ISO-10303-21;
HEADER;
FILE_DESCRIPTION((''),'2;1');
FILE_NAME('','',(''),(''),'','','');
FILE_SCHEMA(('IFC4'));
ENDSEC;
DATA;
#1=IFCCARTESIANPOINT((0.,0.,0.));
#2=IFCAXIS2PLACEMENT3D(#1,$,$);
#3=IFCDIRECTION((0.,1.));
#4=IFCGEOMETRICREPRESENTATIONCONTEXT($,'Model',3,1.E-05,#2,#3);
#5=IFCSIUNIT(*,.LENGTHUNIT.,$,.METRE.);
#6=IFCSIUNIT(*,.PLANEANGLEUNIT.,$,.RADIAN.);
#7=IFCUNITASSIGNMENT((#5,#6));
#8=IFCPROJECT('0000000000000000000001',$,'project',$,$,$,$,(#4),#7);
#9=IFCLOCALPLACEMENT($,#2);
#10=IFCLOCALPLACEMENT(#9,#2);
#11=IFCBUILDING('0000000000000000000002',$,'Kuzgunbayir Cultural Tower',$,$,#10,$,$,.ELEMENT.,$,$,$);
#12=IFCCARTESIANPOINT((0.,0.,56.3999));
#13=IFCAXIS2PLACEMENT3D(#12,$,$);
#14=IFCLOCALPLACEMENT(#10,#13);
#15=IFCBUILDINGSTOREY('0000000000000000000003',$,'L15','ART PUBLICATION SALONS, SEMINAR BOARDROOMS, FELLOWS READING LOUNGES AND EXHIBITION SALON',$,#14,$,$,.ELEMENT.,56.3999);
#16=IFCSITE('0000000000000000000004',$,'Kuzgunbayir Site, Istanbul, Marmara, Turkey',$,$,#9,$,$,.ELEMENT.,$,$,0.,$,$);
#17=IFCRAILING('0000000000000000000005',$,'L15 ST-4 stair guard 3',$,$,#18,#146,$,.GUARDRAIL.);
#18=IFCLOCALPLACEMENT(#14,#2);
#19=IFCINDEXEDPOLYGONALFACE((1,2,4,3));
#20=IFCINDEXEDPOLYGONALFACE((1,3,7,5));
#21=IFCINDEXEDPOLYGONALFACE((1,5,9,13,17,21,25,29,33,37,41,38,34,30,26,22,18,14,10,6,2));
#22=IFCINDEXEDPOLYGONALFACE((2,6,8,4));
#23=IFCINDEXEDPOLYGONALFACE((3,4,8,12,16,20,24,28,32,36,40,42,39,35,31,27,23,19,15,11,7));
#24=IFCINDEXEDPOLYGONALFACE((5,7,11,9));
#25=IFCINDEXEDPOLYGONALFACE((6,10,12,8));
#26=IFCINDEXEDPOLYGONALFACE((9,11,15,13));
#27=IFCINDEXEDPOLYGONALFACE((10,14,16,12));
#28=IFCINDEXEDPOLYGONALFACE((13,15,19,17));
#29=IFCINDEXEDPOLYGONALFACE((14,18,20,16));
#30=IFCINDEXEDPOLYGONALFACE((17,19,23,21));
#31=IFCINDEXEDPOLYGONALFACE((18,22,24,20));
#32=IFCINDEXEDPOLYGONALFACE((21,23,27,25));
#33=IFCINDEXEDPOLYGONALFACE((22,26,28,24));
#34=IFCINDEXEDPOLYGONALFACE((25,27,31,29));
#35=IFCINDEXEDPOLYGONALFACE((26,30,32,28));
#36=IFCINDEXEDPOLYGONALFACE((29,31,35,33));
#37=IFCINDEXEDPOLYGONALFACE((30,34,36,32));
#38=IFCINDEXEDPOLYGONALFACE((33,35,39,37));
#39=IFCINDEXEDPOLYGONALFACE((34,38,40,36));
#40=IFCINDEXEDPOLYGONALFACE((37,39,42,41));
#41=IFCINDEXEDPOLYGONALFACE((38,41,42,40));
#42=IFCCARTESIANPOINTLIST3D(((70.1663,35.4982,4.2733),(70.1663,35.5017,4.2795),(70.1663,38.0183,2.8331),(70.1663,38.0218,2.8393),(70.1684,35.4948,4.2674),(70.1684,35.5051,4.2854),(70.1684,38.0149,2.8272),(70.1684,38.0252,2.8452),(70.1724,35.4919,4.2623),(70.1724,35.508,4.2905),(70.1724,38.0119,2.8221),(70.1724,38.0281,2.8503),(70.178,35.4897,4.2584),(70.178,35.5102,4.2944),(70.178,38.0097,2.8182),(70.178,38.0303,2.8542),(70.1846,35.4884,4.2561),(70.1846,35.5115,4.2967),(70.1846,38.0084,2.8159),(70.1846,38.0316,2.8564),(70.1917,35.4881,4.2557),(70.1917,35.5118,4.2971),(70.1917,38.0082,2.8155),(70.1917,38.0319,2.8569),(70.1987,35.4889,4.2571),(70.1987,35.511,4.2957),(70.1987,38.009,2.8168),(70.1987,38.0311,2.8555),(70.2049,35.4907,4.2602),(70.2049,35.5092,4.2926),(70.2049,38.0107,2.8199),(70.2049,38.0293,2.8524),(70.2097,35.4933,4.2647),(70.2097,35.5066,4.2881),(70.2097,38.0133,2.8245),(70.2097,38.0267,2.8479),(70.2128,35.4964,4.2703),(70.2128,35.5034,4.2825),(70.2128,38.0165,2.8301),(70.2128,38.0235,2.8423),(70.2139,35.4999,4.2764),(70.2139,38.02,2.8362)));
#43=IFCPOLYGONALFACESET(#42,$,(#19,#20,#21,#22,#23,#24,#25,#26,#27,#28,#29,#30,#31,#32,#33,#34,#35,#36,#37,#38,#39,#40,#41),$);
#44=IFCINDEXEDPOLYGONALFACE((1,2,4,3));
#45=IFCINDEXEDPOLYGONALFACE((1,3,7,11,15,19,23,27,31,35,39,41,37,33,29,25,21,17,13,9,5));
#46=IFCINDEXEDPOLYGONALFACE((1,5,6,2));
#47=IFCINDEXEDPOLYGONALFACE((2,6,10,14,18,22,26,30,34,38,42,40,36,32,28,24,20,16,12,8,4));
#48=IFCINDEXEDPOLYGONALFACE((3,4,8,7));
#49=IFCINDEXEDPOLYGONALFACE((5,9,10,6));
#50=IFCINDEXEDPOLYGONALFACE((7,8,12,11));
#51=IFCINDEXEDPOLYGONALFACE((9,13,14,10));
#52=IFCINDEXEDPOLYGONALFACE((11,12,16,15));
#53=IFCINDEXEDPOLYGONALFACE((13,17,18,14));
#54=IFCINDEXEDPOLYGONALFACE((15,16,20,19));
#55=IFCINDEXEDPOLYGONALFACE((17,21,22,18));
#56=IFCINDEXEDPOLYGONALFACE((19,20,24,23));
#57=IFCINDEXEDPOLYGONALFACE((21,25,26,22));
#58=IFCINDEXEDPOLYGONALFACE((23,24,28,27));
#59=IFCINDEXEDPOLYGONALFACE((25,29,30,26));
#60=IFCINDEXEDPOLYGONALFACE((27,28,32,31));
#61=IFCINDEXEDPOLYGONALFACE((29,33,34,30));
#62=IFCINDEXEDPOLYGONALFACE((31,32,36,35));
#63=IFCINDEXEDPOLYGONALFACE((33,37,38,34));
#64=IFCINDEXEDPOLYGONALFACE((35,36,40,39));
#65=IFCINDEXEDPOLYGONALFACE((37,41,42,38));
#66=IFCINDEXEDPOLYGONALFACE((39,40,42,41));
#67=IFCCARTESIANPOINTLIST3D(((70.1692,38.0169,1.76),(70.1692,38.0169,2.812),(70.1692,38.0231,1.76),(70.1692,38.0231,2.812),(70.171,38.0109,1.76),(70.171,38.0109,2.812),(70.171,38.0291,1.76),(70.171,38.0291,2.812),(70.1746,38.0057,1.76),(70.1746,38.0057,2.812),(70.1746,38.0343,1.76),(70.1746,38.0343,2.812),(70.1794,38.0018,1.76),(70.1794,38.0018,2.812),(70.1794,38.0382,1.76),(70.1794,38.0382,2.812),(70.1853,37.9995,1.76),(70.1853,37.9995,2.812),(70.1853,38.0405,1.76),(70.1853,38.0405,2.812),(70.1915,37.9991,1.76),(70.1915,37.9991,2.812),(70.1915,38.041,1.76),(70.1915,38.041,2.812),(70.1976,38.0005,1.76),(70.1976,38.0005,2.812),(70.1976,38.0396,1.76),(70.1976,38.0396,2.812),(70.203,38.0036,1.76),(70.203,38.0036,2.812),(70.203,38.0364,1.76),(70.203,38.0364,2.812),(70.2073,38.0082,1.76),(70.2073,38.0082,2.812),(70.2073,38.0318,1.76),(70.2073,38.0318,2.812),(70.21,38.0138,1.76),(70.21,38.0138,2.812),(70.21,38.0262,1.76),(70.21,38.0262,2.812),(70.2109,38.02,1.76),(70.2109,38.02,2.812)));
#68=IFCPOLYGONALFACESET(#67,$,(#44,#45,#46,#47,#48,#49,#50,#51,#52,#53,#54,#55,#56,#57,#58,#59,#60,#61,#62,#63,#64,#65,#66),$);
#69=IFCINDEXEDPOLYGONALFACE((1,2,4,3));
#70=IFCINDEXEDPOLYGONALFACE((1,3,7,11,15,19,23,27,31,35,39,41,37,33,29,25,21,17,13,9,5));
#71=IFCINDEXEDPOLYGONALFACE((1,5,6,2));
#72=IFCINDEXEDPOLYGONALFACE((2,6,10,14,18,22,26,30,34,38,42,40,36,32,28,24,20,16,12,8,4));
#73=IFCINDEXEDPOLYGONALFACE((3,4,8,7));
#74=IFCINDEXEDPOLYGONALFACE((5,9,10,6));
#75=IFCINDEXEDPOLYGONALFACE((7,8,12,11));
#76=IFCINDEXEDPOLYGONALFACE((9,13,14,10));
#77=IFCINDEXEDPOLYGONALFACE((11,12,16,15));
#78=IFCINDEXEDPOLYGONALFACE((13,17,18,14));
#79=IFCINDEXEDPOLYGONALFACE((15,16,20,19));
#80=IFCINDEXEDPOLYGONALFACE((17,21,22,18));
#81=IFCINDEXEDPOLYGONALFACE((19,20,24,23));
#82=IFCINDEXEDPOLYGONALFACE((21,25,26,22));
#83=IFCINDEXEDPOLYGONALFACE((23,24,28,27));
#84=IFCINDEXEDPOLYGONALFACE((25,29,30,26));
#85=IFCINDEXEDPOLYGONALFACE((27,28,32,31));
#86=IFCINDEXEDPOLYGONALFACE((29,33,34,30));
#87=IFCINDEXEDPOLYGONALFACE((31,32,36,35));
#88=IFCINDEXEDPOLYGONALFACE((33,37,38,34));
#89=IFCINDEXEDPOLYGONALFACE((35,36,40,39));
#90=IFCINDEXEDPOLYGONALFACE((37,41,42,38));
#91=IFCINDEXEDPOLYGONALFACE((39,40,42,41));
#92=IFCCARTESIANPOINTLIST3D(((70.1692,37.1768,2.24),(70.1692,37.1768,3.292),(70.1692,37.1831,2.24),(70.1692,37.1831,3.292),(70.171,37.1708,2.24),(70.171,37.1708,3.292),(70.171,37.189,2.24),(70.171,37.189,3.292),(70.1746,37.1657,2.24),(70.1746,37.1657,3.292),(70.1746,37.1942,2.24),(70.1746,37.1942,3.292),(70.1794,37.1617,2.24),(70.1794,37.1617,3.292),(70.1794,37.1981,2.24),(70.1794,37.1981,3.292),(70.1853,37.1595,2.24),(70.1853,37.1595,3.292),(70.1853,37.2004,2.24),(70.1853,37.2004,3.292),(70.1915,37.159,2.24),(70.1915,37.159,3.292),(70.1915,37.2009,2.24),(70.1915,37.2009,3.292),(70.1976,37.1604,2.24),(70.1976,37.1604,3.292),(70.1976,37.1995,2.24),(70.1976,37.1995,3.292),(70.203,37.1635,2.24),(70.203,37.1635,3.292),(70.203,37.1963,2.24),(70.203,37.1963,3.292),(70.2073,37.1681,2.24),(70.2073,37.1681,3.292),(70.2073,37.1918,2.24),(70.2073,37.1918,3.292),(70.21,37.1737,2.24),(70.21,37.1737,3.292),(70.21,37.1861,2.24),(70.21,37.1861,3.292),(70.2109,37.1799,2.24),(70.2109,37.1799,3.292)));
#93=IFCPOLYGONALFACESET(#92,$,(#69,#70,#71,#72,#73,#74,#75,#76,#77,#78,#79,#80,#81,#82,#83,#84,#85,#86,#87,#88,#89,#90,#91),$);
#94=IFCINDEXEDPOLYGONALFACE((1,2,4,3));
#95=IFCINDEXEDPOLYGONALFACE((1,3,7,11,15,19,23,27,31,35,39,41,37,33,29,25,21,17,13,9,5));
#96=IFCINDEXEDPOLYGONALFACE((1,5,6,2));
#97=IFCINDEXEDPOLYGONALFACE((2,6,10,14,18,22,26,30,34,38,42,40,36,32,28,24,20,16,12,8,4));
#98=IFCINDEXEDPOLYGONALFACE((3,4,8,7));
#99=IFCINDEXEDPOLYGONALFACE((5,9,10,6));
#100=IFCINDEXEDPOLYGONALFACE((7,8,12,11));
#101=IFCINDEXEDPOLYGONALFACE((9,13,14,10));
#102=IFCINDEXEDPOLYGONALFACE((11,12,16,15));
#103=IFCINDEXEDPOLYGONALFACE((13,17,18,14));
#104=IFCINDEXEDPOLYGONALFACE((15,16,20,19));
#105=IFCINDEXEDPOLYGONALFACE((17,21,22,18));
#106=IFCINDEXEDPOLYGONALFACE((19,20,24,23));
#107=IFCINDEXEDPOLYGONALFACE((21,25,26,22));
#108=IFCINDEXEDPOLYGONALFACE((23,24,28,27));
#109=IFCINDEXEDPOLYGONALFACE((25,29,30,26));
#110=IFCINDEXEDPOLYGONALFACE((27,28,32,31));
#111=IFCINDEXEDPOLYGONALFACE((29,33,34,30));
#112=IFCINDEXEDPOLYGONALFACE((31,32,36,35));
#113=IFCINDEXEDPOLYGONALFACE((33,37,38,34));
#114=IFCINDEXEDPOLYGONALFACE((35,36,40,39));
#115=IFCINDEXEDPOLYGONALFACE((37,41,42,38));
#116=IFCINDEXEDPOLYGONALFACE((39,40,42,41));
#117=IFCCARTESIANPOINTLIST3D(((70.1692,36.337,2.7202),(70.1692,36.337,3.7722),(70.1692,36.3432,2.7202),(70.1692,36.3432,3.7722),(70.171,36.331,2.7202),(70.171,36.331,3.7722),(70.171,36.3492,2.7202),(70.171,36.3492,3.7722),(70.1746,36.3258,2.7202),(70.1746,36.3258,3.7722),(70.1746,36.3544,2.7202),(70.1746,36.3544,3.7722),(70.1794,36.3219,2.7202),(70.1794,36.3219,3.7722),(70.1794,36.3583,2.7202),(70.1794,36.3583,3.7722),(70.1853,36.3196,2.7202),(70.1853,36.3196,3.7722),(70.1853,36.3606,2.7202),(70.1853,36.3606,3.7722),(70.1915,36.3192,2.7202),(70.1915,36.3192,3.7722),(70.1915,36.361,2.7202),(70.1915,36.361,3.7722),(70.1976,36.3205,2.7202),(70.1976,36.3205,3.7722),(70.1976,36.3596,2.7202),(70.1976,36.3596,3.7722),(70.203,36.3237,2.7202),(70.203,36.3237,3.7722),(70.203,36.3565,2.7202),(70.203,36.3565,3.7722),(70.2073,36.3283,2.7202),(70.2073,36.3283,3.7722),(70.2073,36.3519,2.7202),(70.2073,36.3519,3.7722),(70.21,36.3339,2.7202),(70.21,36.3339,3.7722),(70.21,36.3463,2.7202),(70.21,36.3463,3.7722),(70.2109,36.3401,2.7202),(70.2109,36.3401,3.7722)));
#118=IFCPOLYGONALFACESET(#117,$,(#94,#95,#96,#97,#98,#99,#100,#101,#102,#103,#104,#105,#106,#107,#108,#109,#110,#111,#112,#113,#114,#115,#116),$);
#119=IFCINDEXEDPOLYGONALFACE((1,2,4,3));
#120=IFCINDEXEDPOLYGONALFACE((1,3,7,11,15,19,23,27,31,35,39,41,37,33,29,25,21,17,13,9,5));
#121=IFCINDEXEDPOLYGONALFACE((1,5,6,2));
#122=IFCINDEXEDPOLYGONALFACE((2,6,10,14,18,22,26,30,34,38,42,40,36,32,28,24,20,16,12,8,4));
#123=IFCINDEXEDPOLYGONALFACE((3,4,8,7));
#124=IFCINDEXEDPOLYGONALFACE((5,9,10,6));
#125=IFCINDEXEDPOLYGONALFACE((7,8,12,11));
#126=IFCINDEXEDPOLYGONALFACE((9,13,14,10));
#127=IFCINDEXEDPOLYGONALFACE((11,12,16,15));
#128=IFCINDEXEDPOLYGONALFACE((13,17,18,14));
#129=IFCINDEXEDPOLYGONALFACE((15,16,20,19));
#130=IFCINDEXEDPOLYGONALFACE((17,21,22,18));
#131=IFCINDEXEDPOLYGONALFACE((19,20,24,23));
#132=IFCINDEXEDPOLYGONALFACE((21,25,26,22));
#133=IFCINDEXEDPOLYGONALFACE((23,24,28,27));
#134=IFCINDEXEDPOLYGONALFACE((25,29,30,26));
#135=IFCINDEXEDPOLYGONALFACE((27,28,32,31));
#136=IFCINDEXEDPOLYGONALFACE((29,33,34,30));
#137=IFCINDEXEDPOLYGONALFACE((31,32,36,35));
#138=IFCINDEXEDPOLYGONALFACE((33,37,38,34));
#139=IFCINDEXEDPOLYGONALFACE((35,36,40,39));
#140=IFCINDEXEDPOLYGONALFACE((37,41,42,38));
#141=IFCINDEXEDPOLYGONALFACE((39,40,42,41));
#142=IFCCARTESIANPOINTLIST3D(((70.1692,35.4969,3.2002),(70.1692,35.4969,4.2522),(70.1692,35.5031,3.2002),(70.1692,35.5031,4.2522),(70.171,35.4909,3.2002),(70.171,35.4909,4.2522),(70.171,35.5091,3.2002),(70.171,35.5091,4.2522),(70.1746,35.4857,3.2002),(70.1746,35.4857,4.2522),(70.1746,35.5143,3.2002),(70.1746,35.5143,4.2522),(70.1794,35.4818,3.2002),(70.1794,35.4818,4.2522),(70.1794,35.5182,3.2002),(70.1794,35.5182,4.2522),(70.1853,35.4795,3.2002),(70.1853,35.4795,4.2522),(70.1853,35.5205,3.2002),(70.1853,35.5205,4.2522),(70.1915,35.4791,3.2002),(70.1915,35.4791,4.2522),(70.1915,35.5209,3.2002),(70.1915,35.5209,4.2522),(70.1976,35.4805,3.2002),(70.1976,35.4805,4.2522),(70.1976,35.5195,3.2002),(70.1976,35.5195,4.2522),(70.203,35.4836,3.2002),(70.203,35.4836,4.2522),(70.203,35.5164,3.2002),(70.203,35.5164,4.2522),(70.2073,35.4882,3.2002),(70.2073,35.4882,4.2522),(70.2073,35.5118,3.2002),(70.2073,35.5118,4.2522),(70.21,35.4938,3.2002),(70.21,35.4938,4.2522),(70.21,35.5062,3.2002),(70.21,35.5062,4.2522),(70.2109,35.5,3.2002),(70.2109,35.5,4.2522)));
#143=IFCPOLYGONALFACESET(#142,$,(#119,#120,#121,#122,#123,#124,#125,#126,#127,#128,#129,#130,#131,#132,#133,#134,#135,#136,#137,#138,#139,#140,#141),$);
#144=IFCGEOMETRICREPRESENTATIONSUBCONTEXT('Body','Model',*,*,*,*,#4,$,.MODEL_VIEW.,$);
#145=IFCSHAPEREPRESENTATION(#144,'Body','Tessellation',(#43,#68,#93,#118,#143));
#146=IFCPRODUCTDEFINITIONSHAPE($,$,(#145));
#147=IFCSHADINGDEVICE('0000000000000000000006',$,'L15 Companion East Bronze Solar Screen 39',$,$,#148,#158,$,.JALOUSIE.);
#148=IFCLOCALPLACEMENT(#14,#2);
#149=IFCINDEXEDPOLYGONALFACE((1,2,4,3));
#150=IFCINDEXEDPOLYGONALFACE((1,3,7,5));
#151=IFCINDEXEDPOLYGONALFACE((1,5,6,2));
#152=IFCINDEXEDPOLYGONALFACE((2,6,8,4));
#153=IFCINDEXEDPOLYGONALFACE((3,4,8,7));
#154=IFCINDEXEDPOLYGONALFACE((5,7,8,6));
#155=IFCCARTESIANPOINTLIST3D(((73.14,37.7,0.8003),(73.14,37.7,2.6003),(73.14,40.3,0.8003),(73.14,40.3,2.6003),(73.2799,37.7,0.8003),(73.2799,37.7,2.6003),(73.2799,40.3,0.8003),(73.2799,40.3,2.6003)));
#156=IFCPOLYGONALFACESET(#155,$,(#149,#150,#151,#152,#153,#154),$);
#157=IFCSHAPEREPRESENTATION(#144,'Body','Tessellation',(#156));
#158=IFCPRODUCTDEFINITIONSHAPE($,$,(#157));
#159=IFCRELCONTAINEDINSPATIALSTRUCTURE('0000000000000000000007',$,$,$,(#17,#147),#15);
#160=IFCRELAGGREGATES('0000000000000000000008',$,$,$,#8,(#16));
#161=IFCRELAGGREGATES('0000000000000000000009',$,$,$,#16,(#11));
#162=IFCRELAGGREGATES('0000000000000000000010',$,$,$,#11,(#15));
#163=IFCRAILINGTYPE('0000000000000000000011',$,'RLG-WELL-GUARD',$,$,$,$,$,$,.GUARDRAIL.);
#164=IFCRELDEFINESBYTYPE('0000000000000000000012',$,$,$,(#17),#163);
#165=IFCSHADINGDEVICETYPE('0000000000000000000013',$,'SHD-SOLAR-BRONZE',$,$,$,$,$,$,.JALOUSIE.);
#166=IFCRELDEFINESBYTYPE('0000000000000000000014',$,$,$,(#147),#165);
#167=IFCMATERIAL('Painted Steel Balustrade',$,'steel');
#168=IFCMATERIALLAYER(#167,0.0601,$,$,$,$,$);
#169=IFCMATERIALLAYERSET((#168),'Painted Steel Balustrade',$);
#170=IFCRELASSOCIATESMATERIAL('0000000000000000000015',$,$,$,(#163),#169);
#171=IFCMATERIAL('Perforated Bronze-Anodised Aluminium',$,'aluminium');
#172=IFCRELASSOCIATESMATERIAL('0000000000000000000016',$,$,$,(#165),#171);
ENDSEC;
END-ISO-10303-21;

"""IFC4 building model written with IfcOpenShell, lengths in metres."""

from ifc_helpers import new_model, si_unit, direction, frame, origin, origin_2d, place, context, subcontext, project, spatial, rectangle, circle, extrude, material, layer, layer_set, type_object, element, save


model = new_model("IFC4")

# Units and contexts
model_context = context("Model", 3, precision=1e-05, world=origin(), true_north=direction((0.0, 1.0)))
body_context = subcontext(model_context, "Body", "Model", "MODEL_VIEW")
ifc_project = project(units=[si_unit("LENGTHUNIT", "METRE"), si_unit("PLANEANGLEUNIT", "RADIAN")], contexts=[model_context])

# Site, building, storey
site_placement = place(None, origin())
site = spatial("IfcSite", under=ifc_project, at=site_placement, Name="Kuzgunbayir Site, Istanbul, Marmara, Turkey", CompositionType="ELEMENT", RefElevation=0.0)
building_placement = place(site_placement, origin())
building = spatial("IfcBuilding", under=site, at=building_placement, Name="Kuzgunbayir Cultural Tower", CompositionType="ELEMENT")
storey_placement = place(building_placement, frame((0.0, 0.0, 56.3999)))
storey = spatial("IfcBuildingStorey", under=building, at=storey_placement, Name="L15", Description="ART PUBLICATION SALONS, SEMINAR BOARDROOMS, FELLOWS READING LOUNGES AND EXHIBITION SALON", CompositionType="ELEMENT", Elevation=56.3999)

# Railing
ifc_material_1 = material(Name="Painted Steel Balustrade", Category="steel")
ifc_layer_1 = layer(ifc_material_1, 0.0601)
ifc_layer_set_1 = layer_set([ifc_layer_1], Name="Painted Steel Balustrade")
railing_type_1 = type_object("IfcRailingType", Name="RLG-WELL-GUARD", PredefinedType="GUARDRAIL", material=ifc_layer_set_1)
railing_1_placement = place(storey_placement, frame((70.1899, 38.02, 1.76)))
element("IfcRailing", 1, at=railing_1_placement, inside=storey, type_object=railing_type_1, Name="L15 ST-4 stair guard 3", PredefinedType="GUARDRAIL", context=body_context, shape_type="SweptSolid", body=[
    extrude(circle(Radius=0.0239, at=origin_2d()), frame((0.0, 0.0, 1.0762), z_axis=(0.0, -0.868217, 0.496184), x_axis=(1.0, 0.0, 0.0)), (0.0, 0.0, 1.0), 2.9026),
    extrude(circle(Radius=0.021, at=origin_2d()), origin(), (0.0, 0.0, 1.0), 1.052),
    extrude(circle(Radius=0.021, at=origin_2d()), frame((0.0, -0.8401, 0.48)), (0.0, 0.0, 1.0), 1.052),
    extrude(circle(Radius=0.021, at=origin_2d()), frame((0.0, -1.6799, 0.9602)), (0.0, 0.0, 1.0), 1.052),
    extrude(circle(Radius=0.021, at=origin_2d()), frame((0.0, -2.52, 1.4402)), (0.0, 0.0, 1.0), 1.052),
])

# Shading device
ifc_material_2 = material(Name="Perforated Bronze-Anodised Aluminium", Category="aluminium")
shading_device_type = type_object("IfcShadingDeviceType", Name="SHD-SOLAR-BRONZE", PredefinedType="JALOUSIE", material=ifc_material_2)
shading_device_placement = place(storey_placement, frame((73.21, 39.0, 0.8003), z_axis=(0.0, 0.0, 1.0), x_axis=(1.0, 0.0, 0.0)))
element("IfcShadingDevice", 2, at=shading_device_placement, inside=storey, type_object=shading_device_type, Name="L15 Companion East Bronze Solar Screen 39", PredefinedType="JALOUSIE", context=body_context, shape_type="SweptSolid", body=[
    extrude(rectangle(XDim=0.1399, YDim=2.6001, at=origin_2d()), origin(), (0.0, 0.0, 1.0), 1.8),
])

save(model, "model.ifc")
